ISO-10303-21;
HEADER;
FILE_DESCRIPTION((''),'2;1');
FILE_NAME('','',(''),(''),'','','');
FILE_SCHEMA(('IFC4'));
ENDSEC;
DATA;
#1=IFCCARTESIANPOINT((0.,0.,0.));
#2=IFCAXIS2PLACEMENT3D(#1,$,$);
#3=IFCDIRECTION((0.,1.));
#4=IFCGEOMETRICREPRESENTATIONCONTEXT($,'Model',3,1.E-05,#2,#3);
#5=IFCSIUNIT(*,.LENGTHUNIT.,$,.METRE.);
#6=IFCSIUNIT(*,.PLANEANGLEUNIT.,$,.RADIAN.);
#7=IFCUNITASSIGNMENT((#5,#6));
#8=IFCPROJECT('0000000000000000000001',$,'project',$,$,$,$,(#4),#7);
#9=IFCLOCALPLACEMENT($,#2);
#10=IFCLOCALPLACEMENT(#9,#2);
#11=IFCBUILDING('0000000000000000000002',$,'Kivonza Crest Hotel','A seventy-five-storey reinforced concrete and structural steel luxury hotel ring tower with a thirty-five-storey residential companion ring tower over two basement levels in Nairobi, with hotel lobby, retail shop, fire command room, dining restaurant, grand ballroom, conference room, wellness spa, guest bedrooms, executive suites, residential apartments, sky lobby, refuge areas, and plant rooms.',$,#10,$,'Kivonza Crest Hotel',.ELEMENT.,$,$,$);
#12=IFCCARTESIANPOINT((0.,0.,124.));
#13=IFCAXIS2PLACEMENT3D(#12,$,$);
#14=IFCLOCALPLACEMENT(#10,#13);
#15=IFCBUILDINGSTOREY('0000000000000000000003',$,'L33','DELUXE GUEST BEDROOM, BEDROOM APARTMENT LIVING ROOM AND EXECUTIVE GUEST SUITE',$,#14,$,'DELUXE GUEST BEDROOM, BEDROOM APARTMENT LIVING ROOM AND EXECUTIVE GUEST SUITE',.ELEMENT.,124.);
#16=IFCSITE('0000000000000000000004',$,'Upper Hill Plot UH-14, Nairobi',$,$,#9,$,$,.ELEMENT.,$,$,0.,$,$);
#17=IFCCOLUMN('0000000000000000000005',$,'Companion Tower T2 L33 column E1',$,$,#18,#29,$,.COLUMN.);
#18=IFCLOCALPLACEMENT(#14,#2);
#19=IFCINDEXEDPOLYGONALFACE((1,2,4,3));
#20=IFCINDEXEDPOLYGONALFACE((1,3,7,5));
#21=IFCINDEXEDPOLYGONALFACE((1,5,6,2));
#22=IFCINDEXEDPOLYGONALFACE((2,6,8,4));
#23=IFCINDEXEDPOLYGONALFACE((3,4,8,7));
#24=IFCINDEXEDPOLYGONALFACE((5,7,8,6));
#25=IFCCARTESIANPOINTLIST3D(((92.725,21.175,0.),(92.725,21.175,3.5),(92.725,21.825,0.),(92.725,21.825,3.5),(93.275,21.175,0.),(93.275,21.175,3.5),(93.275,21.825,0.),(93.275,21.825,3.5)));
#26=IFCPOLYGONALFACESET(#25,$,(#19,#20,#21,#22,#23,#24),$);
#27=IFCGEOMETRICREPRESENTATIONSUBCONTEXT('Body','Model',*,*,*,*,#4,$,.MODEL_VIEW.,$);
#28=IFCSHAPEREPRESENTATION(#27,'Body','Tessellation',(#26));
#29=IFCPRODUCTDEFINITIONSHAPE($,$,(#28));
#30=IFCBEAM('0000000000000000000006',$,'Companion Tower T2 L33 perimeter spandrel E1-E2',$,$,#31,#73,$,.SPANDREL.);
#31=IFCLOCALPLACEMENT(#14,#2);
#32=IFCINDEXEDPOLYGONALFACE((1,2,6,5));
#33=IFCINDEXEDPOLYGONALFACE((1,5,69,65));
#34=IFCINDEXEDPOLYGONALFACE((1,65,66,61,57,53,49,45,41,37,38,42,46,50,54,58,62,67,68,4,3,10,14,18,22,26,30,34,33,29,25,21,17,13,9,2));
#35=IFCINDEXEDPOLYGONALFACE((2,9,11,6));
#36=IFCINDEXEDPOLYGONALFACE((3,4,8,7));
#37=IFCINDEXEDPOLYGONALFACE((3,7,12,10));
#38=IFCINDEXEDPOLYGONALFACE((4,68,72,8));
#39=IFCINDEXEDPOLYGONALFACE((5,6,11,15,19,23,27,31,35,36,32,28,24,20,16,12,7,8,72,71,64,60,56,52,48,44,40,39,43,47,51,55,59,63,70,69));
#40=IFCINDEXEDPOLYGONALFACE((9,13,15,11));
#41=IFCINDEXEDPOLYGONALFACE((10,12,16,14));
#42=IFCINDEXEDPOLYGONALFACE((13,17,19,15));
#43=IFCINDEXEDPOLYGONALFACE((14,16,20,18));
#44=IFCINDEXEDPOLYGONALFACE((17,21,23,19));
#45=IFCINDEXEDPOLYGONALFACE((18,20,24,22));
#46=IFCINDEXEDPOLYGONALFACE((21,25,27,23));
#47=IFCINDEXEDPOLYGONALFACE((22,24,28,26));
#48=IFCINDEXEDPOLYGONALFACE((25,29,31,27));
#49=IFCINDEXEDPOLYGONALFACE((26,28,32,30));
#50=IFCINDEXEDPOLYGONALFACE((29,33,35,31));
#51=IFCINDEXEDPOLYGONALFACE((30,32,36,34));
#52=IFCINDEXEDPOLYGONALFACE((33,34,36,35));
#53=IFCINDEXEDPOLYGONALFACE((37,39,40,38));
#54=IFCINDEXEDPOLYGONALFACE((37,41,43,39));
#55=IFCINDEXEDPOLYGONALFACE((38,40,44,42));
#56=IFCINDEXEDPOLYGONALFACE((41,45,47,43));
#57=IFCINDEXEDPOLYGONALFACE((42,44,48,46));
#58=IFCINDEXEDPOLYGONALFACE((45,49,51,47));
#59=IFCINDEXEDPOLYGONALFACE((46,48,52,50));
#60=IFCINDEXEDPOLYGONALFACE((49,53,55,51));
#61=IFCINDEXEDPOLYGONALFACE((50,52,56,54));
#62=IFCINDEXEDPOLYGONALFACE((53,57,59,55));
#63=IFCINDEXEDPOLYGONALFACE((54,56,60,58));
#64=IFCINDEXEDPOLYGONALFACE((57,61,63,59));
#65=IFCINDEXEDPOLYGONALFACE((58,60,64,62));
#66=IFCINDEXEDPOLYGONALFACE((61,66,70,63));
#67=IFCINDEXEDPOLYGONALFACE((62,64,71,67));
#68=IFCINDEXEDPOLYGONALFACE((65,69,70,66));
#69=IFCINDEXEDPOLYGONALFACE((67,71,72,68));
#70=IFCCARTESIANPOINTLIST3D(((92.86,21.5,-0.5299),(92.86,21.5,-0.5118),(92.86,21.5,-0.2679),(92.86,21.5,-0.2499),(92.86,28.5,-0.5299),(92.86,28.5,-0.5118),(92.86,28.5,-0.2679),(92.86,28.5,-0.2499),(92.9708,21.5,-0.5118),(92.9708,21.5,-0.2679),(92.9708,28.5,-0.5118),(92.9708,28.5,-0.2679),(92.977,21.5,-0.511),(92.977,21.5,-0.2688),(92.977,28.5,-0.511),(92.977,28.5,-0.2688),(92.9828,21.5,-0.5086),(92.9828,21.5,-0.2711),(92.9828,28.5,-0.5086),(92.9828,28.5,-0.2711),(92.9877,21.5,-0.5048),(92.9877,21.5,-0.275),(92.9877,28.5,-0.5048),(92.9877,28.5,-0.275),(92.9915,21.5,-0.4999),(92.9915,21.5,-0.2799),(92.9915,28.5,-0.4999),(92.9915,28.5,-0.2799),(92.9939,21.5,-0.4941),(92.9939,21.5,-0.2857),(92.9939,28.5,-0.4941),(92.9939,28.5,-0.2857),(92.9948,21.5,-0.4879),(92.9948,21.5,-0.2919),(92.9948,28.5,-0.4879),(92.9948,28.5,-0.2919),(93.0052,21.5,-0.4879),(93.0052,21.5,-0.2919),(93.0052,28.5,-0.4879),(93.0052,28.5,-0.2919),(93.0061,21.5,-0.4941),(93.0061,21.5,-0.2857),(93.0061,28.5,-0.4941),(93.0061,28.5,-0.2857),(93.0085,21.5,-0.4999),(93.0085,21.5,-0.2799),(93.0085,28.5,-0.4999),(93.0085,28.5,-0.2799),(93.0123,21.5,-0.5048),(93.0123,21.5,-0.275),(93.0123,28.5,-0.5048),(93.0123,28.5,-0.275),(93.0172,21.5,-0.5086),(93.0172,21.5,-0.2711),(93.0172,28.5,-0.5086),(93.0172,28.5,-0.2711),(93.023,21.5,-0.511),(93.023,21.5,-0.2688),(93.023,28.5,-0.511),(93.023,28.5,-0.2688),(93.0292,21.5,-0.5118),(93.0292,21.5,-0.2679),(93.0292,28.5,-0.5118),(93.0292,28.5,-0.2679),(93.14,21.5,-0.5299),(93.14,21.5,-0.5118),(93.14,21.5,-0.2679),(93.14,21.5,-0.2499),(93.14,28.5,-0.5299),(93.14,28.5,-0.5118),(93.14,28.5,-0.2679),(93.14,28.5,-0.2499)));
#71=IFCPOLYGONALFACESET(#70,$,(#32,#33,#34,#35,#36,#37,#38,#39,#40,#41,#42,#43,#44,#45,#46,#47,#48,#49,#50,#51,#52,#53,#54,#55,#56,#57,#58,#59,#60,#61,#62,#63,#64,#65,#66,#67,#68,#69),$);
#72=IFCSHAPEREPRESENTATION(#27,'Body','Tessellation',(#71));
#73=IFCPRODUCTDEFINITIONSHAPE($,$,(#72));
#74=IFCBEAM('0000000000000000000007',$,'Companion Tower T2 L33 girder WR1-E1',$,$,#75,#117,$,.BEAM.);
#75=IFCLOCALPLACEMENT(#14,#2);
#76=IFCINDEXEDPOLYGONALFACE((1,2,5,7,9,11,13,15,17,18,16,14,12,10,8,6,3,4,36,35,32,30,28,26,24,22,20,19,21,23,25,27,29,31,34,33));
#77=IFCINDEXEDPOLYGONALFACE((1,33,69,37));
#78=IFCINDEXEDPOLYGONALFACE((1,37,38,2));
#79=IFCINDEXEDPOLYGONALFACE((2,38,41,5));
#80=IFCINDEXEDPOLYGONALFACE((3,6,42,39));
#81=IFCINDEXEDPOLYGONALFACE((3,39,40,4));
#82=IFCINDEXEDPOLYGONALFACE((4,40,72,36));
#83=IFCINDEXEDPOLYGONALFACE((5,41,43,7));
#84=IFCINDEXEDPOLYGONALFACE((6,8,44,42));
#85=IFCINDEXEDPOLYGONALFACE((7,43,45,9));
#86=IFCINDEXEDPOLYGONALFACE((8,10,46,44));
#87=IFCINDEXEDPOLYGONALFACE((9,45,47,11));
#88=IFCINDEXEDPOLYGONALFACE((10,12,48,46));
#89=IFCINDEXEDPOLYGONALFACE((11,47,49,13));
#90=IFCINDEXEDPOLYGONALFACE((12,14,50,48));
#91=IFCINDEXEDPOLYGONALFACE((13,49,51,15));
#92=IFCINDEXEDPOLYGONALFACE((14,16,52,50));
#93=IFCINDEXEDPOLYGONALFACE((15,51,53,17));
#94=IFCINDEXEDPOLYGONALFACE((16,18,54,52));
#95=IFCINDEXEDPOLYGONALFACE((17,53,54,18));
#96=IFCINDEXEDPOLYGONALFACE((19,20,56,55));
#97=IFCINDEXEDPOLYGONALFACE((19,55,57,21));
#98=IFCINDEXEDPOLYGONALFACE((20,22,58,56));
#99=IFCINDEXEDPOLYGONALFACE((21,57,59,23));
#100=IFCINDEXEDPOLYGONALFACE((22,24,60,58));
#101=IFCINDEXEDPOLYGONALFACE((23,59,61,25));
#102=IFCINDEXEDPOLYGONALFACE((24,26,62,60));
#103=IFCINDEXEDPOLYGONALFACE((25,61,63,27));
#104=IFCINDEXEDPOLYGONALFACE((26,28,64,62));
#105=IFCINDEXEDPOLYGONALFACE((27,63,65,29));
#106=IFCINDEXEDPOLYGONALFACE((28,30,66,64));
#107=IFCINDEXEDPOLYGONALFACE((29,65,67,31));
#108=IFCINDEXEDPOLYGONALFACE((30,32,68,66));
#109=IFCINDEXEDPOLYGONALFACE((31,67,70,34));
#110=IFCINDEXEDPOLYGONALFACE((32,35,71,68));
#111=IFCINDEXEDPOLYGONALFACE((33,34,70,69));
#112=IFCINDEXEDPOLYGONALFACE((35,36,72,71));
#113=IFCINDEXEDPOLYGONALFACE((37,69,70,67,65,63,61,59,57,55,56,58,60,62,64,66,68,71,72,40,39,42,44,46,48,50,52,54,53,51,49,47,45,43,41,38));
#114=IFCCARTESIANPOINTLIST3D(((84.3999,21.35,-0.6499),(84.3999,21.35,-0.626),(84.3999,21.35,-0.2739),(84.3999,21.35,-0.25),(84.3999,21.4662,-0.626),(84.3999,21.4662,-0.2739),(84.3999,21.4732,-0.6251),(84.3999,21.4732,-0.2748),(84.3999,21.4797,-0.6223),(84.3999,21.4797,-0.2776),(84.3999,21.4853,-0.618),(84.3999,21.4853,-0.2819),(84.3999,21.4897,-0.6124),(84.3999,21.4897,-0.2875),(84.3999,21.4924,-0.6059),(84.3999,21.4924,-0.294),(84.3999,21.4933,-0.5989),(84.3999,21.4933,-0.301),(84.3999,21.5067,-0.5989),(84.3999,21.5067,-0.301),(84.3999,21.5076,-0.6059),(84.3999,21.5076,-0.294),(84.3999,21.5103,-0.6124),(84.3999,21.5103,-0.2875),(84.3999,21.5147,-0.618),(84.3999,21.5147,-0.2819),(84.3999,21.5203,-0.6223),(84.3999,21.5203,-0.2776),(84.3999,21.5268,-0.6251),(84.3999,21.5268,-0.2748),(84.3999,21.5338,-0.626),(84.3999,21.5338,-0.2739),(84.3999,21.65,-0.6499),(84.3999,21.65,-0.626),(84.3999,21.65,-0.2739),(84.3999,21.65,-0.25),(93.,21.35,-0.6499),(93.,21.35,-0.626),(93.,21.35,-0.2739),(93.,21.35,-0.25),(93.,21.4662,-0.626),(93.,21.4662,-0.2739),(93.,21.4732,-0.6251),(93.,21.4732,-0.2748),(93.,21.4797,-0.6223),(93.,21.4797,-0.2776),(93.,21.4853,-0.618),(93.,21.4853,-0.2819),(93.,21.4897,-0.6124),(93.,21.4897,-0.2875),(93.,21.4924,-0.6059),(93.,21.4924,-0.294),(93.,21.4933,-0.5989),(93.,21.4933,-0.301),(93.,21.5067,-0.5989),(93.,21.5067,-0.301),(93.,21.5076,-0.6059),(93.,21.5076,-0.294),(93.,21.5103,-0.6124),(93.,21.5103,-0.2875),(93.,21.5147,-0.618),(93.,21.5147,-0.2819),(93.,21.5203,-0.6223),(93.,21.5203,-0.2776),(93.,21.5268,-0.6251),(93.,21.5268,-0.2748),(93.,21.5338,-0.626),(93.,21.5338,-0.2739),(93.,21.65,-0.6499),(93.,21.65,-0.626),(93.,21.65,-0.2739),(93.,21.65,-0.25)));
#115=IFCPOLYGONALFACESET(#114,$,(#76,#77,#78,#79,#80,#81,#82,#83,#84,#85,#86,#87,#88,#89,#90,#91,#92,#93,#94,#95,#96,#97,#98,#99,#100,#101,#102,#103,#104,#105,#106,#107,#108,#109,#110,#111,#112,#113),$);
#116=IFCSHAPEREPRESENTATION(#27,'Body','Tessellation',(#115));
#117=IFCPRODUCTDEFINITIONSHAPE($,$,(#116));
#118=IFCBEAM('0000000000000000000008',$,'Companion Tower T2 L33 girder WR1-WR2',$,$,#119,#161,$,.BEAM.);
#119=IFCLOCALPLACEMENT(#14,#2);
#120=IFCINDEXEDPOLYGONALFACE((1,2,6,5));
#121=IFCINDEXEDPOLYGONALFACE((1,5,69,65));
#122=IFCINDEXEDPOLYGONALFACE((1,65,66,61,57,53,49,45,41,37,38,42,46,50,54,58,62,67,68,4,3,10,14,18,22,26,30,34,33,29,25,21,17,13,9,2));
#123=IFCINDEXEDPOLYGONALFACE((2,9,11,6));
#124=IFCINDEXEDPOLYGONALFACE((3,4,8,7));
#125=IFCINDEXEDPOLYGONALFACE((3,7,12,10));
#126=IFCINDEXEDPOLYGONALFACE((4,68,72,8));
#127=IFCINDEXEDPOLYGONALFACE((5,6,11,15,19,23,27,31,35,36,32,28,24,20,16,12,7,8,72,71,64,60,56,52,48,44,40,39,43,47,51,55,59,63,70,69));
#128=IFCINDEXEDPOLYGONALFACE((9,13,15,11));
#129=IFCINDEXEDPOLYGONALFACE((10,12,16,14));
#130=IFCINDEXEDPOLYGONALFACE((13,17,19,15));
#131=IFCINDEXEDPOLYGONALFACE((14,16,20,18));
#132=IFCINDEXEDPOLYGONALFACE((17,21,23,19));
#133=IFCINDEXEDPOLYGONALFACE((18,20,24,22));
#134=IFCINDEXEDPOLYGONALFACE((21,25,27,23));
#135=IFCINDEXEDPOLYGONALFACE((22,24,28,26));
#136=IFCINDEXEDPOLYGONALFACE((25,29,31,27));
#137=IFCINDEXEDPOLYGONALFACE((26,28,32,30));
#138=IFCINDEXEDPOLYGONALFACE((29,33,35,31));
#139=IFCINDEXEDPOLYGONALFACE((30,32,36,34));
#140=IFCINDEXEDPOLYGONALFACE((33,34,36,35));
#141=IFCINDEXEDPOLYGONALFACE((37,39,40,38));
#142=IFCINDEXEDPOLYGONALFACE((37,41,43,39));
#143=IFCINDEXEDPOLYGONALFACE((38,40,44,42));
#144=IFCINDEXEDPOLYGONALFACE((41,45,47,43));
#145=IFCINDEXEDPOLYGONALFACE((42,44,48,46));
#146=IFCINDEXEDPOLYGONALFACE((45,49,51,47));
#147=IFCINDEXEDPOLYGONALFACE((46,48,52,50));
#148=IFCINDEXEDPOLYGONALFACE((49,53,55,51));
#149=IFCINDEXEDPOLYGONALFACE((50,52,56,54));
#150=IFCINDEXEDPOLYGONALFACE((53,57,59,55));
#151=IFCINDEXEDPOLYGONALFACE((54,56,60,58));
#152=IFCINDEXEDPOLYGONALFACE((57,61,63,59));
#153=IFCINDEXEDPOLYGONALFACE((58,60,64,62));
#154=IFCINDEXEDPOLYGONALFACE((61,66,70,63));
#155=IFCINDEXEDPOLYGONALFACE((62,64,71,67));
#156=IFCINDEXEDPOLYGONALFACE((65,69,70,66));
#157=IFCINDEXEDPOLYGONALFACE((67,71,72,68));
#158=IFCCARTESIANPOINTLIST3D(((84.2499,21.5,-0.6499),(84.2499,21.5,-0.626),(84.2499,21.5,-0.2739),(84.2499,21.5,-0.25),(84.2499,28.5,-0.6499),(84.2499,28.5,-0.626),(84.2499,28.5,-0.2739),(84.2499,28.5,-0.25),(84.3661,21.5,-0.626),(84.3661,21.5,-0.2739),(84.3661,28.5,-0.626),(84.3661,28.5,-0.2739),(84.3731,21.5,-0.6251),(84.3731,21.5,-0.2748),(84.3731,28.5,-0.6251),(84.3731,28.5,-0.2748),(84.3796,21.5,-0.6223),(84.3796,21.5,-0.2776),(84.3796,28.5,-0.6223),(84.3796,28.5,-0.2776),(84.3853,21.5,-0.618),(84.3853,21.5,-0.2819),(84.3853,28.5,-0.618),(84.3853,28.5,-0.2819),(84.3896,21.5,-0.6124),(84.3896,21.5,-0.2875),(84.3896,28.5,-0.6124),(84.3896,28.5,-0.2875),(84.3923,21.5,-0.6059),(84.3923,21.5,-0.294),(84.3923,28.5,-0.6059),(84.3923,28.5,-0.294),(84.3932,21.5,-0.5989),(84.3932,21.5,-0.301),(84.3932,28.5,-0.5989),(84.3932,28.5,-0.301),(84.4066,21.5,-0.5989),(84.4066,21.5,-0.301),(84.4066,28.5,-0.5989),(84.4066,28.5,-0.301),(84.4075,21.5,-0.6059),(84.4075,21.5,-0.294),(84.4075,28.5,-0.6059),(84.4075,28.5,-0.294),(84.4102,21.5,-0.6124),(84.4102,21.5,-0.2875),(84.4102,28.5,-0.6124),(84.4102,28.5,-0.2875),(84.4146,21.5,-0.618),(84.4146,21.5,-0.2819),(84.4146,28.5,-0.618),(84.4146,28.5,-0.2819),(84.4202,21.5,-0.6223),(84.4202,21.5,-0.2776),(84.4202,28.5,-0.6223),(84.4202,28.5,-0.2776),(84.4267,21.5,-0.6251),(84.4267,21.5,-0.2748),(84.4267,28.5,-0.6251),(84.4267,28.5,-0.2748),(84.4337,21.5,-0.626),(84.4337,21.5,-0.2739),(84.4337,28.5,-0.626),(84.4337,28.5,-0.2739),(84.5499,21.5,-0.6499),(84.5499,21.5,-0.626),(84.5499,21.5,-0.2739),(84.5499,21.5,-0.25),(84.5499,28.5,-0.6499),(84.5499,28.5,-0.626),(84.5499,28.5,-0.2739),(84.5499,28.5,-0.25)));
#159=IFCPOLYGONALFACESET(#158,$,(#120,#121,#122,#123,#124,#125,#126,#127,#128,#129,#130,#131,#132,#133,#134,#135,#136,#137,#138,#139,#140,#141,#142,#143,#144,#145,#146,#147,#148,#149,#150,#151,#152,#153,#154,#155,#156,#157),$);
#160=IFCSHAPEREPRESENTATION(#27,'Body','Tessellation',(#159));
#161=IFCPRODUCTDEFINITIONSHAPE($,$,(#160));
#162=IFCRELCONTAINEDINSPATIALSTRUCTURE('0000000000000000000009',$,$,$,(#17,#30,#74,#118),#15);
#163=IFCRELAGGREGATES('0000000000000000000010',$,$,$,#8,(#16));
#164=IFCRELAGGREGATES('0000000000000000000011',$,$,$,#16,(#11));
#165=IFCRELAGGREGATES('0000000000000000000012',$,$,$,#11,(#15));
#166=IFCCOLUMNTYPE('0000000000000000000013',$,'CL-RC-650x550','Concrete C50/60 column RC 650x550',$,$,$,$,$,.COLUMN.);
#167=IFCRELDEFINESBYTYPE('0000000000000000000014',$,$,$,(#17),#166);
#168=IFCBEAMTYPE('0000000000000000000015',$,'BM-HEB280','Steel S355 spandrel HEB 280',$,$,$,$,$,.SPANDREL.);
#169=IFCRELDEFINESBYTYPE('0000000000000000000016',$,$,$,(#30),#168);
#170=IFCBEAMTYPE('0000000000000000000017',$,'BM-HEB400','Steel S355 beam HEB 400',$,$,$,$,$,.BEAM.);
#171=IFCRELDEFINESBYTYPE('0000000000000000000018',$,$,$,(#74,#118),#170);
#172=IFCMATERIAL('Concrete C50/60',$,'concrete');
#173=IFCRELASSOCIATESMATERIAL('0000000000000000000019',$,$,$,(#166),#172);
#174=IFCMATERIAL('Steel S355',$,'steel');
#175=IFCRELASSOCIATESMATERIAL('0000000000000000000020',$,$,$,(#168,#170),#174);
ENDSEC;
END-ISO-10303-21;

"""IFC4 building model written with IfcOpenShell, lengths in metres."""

from ifc_helpers import new_model, si_unit, direction, frame, origin, origin_2d, place, context, subcontext, project, spatial, rectangle, i_section, extrude, material, material_profile, profile_set, type_object, element, save


model = new_model("IFC4")

# Units and contexts
model_context = context("Model", 3, precision=1e-05, world=origin(), true_north=direction((0.0, 1.0)))
body_context = subcontext(model_context, "Body", "Model", "MODEL_VIEW")
ifc_project = project(units=[si_unit("LENGTHUNIT", "METRE"), si_unit("PLANEANGLEUNIT", "RADIAN")], contexts=[model_context])

# Site, building, storey
site_placement = place(None, origin())
site = spatial("IfcSite", under=ifc_project, at=site_placement, Name="Upper Hill Plot UH-14, Nairobi", CompositionType="ELEMENT", RefElevation=0.0)
building_placement = place(site_placement, origin())
building = spatial("IfcBuilding", under=site, at=building_placement, Name="Kivonza Crest Hotel", Description="A seventy-five-storey reinforced concrete and structural steel luxury hotel ring tower with a thirty-five-storey residential companion ring tower over two basement levels in Nairobi, with hotel lobby, retail shop, fire command room, dining restaurant, grand ballroom, conference room, wellness spa, guest bedrooms, executive suites, residential apartments, sky lobby, refuge areas, and plant rooms.", LongName="Kivonza Crest Hotel", CompositionType="ELEMENT")
storey_placement = place(building_placement, frame((0.0, 0.0, 124.0)))
storey = spatial("IfcBuildingStorey", under=building, at=storey_placement, Name="L33", Description="DELUXE GUEST BEDROOM, BEDROOM APARTMENT LIVING ROOM AND EXECUTIVE GUEST SUITE", LongName="DELUXE GUEST BEDROOM, BEDROOM APARTMENT LIVING ROOM AND EXECUTIVE GUEST SUITE", CompositionType="ELEMENT", Elevation=124.0)

# Column
ifc_material_1 = material(Name="Concrete C50/60", Category="concrete")
ifc_material_profile_1 = material_profile(ifc_material_1, rectangle(XDim=0.55, YDim=0.6499, at=origin_2d()), Name="RC 650x550")
ifc_profile_set_1 = profile_set([ifc_material_profile_1], Name="Concrete C50/60")
column_type = type_object("IfcColumnType", Name="CL-RC-650x550", Description="Concrete C50/60 column RC 650x550", PredefinedType="COLUMN", material=ifc_profile_set_1)
column_placement = place(storey_placement, frame((93.0, 21.5, 0.0), z_axis=(0.0, 0.0, 1.0), x_axis=(1.0, 0.0, 0.0)))
element("IfcColumn", 1, at=column_placement, inside=storey, type_object=column_type, Name="Companion Tower T2 L33 column E1", PredefinedType="COLUMN", context=body_context, shape_type="SweptSolid", body=[
    extrude(rectangle(XDim=0.55, YDim=0.6499, at=origin_2d()), origin(), (0.0, 0.0, 1.0), 3.5),
])

# Beams
ifc_material_2 = material(Name="Steel S355", Category="steel")
ifc_material_profile_2 = material_profile(ifc_material_2, i_section(OverallWidth=0.28, OverallDepth=0.28, WebThickness=0.0105, FlangeThickness=0.0181, FilletRadius=0.0239, at=origin_2d()), Name="HEB 280")
ifc_profile_set_2 = profile_set([ifc_material_profile_2], Name="Steel S355")
beam_type_1 = type_object("IfcBeamType", Name="BM-HEB280", Description="Steel S355 spandrel HEB 280", PredefinedType="SPANDREL", material=ifc_profile_set_2)
beam_1_placement = place(storey_placement, frame((93.0, 21.5, -0.3899), z_axis=(0.0, 1.0, 0.0), x_axis=(-1.0, 0.0, 0.0)))
element("IfcBeam", 2, at=beam_1_placement, inside=storey, type_object=beam_type_1, Name="Companion Tower T2 L33 perimeter spandrel E1-E2", PredefinedType="SPANDREL", context=body_context, shape_type="SweptSolid", body=[
    extrude(i_section(OverallWidth=0.28, OverallDepth=0.28, WebThickness=0.0105, FlangeThickness=0.0181, FilletRadius=0.0239, at=origin_2d()), origin(), (0.0, 0.0, 1.0), 7.0),
])
ifc_material_profile_3 = material_profile(ifc_material_2, i_section(OverallWidth=0.3, OverallDepth=0.3999, WebThickness=0.0134, FlangeThickness=0.0239, FilletRadius=0.0271, at=origin_2d()), Name="HEB 400")
ifc_profile_set_3 = profile_set([ifc_material_profile_3], Name="Steel S355")
beam_type_2 = type_object("IfcBeamType", Name="BM-HEB400", Description="Steel S355 beam HEB 400", PredefinedType="BEAM", material=ifc_profile_set_3)
beam_2_placement = place(storey_placement, frame((84.3999, 21.5, -0.45), z_axis=(1.0, 0.0, 0.0), x_axis=(0.0, 1.0, 0.0)))
element("IfcBeam", 3, at=beam_2_placement, inside=storey, type_object=beam_type_2, Name="Companion Tower T2 L33 girder WR1-E1", PredefinedType="BEAM", context=body_context, shape_type="SweptSolid", body=[
    extrude(i_section(OverallWidth=0.3, OverallDepth=0.3999, WebThickness=0.0134, FlangeThickness=0.0239, FilletRadius=0.0271, at=origin_2d()), origin(), (0.0, 0.0, 1.0), 8.6001),
])
beam_3_placement = place(storey_placement, frame((84.3999, 21.5, -0.45), z_axis=(0.0, 1.0, 0.0), x_axis=(-1.0, 0.0, 0.0)))
element("IfcBeam", 4, at=beam_3_placement, inside=storey, type_object=beam_type_2, Name="Companion Tower T2 L33 girder WR1-WR2", PredefinedType="BEAM", context=body_context, shape_type="SweptSolid", body=[
    extrude(i_section(OverallWidth=0.3, OverallDepth=0.3999, WebThickness=0.0134, FlangeThickness=0.0239, FilletRadius=0.0271, at=origin_2d()), origin(), (0.0, 0.0, 1.0), 7.0),
])

save(model, "model.ifc")
